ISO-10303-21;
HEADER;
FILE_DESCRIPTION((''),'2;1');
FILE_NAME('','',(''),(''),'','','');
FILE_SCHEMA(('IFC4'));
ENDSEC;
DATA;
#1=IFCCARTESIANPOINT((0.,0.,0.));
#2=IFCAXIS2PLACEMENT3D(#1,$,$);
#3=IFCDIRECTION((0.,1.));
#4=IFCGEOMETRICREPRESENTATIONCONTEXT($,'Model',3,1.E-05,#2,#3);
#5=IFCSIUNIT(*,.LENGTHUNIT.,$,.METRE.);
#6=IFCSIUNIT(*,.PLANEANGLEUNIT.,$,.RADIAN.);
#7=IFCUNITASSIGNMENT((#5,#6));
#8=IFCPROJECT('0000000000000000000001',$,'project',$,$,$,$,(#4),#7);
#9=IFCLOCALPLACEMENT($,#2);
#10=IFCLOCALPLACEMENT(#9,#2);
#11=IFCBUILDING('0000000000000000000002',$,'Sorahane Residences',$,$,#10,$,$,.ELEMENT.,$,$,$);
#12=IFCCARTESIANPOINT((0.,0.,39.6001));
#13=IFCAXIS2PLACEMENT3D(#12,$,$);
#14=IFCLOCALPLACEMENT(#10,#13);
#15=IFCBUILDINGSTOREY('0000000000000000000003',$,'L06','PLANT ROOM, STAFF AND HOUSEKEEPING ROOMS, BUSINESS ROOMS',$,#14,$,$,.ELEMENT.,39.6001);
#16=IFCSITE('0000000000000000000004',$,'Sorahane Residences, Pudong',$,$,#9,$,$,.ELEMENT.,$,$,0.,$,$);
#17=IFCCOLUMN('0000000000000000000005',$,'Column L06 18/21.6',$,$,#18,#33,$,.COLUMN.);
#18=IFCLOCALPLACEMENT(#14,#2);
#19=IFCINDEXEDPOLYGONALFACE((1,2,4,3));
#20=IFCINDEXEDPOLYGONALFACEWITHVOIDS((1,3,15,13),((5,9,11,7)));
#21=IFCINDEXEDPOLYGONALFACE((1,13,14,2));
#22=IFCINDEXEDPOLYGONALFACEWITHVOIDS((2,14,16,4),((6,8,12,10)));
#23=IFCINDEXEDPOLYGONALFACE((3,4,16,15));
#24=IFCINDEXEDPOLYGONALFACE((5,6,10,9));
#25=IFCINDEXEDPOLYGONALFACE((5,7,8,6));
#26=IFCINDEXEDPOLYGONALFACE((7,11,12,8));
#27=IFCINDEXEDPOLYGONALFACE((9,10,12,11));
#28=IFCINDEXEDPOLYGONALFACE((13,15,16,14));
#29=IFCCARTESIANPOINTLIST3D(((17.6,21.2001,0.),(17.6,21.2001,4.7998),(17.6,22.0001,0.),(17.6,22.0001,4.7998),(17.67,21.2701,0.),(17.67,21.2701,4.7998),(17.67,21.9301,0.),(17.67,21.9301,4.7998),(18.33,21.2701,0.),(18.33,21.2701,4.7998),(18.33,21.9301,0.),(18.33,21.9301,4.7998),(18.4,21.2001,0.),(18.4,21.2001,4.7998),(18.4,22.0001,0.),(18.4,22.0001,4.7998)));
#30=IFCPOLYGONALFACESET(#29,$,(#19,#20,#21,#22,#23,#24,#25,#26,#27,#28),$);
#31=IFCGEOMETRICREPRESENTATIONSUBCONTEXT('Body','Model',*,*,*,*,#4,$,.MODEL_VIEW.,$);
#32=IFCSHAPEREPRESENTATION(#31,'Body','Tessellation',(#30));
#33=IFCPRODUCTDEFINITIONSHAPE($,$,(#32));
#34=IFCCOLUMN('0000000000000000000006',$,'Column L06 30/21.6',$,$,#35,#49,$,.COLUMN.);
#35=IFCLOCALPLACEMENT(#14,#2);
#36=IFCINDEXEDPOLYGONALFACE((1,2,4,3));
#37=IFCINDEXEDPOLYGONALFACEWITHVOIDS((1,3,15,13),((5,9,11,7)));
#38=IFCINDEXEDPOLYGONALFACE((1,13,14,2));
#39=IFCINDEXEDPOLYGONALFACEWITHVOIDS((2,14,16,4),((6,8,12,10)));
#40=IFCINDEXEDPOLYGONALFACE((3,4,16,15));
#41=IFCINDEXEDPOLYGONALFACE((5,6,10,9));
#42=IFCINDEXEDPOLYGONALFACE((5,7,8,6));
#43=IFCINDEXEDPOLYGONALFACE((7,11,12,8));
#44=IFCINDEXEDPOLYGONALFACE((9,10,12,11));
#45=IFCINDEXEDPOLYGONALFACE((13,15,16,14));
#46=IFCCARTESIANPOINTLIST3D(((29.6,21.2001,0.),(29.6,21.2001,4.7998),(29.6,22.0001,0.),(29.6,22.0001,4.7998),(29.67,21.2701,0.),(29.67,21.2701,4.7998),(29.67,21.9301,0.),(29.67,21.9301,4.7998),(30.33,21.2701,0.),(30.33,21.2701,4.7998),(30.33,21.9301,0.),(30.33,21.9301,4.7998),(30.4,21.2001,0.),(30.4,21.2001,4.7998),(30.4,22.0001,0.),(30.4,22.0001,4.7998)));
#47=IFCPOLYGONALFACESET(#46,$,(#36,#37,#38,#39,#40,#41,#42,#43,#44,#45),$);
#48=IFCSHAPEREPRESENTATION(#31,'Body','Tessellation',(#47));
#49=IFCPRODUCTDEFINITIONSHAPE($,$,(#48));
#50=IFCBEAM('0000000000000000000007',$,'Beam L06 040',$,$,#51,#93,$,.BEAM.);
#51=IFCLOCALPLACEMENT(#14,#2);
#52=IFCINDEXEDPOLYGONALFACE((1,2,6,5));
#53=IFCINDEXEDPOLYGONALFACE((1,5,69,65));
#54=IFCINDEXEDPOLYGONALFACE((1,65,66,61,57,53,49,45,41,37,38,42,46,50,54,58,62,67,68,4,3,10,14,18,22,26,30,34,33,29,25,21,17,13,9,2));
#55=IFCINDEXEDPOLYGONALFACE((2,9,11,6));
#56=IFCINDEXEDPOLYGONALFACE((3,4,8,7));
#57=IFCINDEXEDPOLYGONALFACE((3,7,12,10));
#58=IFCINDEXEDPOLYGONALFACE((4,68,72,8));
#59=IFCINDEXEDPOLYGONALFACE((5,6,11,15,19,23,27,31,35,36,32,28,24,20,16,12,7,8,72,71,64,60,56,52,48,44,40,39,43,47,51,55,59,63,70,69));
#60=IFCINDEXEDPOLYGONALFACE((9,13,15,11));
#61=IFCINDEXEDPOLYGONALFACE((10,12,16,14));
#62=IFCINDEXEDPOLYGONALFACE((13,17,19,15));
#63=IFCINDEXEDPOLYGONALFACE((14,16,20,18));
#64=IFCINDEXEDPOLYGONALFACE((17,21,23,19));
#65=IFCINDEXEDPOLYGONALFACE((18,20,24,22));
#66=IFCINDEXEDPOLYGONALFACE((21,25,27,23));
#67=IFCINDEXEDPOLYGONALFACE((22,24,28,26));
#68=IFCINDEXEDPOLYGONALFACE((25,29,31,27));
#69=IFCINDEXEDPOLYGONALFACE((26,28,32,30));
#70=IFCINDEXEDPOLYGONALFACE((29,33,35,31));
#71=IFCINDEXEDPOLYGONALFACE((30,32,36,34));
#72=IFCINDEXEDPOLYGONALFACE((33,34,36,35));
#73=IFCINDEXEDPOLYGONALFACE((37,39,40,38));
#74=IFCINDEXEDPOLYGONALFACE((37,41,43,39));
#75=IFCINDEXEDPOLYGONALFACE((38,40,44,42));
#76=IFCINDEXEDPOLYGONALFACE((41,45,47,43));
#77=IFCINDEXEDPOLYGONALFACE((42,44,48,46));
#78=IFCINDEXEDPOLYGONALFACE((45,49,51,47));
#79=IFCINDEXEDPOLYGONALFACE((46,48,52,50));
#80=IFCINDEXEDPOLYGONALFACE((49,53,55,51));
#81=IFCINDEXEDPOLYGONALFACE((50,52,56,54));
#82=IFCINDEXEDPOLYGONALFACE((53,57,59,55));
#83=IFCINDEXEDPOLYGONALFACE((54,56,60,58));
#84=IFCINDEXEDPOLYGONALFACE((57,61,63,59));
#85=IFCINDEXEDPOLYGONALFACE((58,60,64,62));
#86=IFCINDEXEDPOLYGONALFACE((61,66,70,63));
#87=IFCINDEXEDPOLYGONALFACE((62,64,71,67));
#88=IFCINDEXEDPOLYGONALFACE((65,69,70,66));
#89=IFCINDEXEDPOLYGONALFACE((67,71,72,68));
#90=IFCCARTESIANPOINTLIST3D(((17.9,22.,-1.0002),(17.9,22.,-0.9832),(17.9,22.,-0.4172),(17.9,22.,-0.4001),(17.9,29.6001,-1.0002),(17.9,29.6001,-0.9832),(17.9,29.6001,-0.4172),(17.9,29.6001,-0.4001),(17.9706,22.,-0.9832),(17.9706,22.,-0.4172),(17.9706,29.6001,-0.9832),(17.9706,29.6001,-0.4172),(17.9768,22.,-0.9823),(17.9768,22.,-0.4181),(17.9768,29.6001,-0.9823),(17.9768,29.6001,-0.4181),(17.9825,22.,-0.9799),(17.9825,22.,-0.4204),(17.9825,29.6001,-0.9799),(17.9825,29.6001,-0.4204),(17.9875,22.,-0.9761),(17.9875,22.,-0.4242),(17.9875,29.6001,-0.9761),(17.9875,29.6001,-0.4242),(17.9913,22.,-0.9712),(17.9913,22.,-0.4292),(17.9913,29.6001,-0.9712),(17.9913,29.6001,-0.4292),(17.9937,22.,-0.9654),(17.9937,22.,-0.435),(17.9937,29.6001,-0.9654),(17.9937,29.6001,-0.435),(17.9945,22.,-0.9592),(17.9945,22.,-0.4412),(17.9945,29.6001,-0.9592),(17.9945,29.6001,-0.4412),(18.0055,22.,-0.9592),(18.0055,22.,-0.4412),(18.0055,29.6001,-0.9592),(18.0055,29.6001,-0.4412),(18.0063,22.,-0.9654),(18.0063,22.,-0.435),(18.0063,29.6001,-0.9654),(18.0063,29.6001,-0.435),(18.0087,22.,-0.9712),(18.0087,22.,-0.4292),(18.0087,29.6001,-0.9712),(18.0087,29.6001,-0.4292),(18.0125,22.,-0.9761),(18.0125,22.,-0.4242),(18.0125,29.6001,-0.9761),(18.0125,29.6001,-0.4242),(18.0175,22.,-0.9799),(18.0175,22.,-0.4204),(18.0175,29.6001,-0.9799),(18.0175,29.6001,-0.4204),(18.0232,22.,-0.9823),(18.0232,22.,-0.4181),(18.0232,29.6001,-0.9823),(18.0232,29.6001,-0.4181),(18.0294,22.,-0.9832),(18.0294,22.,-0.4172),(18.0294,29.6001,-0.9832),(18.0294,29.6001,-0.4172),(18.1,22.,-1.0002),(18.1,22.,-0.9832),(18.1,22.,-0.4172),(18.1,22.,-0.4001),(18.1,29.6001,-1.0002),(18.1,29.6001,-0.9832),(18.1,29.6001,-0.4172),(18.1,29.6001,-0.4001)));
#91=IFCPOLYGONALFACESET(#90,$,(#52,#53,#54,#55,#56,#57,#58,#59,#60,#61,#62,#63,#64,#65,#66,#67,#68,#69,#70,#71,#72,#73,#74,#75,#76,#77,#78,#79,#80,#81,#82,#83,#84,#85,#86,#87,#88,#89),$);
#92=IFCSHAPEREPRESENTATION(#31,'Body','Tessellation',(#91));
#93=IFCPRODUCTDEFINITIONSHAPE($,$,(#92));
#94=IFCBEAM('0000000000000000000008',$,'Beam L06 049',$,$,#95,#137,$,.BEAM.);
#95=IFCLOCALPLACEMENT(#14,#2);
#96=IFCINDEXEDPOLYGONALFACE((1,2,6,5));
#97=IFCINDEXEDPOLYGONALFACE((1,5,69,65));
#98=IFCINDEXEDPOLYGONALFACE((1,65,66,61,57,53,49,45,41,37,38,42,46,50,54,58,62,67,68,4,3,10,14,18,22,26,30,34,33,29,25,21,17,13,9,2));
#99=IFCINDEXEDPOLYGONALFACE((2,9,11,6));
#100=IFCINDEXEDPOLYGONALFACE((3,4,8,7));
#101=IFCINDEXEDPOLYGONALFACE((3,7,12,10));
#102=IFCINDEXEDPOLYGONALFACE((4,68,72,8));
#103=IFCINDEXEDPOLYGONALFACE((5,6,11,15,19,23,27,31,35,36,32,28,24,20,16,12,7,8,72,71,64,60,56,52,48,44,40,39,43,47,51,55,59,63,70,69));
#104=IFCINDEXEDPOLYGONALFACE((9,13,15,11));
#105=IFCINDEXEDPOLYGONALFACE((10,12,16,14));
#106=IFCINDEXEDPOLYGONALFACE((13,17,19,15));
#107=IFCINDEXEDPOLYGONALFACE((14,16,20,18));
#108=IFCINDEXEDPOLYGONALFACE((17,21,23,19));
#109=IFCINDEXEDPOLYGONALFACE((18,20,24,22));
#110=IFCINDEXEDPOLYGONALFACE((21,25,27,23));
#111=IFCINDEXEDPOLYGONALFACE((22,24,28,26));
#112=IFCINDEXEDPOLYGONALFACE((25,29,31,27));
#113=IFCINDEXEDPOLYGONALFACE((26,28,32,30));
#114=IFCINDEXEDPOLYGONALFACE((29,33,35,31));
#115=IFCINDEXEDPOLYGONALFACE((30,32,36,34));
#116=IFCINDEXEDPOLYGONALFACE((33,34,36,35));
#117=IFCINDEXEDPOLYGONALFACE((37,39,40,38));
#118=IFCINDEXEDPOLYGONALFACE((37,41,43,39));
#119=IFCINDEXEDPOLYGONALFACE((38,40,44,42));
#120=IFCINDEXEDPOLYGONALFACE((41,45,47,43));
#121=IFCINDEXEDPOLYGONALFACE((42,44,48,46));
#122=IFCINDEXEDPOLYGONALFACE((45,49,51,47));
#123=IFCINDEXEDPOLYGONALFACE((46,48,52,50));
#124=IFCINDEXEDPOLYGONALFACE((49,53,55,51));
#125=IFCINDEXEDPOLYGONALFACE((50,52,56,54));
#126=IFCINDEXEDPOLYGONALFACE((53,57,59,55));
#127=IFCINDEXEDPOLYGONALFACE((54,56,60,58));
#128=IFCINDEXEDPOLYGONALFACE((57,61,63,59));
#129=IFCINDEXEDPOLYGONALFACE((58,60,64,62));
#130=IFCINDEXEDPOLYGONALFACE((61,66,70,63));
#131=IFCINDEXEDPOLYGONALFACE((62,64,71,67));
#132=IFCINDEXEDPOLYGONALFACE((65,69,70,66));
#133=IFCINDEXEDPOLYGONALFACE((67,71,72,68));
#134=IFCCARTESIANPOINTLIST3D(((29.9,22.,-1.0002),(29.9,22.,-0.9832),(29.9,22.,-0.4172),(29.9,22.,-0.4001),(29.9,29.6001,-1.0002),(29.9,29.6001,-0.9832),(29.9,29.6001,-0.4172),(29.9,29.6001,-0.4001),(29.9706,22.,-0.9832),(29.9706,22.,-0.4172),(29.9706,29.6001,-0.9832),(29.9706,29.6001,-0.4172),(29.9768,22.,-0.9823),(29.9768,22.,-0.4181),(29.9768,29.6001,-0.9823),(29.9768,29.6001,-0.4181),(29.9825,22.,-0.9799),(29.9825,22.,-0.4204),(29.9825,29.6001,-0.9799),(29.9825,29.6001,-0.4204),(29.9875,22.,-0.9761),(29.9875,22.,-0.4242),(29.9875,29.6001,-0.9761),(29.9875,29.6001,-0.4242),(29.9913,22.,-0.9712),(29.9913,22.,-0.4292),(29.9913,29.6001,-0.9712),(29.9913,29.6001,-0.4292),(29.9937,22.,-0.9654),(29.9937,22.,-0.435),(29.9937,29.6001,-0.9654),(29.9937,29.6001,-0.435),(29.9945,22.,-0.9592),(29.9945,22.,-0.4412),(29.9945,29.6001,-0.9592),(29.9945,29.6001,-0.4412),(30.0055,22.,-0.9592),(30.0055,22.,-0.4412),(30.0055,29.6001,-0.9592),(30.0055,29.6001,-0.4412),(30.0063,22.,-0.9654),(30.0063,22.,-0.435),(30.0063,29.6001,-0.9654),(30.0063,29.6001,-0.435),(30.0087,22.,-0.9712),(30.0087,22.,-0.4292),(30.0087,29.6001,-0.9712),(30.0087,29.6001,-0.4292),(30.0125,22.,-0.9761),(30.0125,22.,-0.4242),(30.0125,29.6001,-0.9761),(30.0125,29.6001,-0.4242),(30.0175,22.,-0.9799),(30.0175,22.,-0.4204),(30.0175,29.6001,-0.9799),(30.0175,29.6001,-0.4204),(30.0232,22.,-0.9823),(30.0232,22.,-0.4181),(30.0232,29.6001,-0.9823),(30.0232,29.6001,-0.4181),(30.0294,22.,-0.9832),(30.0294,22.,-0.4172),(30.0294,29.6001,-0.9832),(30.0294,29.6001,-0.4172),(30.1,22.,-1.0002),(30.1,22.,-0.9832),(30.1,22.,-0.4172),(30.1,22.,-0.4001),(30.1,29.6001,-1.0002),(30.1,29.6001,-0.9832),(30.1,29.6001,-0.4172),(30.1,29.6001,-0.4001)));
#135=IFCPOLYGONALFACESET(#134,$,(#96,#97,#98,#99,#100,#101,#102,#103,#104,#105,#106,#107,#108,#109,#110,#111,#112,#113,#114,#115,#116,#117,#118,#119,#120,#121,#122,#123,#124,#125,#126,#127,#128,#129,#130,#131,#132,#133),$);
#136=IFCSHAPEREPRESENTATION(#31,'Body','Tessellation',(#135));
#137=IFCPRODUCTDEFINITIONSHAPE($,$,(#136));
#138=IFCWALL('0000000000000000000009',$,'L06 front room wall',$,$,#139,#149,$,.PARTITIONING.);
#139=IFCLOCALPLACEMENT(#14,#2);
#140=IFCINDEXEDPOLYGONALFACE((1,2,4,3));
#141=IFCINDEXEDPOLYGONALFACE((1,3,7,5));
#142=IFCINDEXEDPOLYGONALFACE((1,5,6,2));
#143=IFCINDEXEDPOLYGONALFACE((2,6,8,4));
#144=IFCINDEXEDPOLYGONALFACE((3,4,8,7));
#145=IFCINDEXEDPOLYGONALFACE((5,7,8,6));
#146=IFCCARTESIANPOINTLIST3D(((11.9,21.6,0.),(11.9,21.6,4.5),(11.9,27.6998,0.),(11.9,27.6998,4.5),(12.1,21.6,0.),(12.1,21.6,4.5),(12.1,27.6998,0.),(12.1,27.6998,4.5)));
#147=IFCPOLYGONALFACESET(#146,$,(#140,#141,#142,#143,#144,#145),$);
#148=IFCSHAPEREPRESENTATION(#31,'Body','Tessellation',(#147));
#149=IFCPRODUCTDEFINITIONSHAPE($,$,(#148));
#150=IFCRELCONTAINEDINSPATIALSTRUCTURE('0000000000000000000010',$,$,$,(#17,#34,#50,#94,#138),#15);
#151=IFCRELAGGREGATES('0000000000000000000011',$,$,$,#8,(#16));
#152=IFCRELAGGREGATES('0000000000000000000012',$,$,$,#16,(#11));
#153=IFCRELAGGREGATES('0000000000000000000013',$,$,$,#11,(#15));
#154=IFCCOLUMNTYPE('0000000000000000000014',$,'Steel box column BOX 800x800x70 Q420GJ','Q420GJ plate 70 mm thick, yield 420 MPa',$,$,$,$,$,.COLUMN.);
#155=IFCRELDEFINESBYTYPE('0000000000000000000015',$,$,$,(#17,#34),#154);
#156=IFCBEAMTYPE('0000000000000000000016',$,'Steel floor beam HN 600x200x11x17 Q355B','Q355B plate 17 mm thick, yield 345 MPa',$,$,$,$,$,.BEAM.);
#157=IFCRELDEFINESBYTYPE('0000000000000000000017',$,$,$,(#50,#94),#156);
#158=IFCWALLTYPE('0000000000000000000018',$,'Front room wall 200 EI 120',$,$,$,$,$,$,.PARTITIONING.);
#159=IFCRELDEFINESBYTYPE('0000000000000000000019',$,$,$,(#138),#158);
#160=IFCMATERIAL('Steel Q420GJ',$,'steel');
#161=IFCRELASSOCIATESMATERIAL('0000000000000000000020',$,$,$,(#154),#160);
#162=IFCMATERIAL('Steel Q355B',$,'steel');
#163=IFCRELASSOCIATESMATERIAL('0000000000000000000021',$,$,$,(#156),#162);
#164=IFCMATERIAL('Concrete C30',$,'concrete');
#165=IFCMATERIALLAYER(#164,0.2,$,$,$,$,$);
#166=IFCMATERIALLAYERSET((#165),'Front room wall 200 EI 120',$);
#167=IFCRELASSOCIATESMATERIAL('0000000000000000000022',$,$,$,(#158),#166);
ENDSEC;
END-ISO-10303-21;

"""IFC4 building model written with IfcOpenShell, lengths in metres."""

from ifc_helpers import new_model, si_unit, direction, frame, frame_2d, origin, origin_2d, place, context, subcontext, project, spatial, rectangle, hollow_rectangle, i_section, extrude, material, layer, layer_set, material_profile, profile_set, type_object, element, save


model = new_model("IFC4")

# Units and contexts
model_context = context("Model", 3, precision=1e-05, world=origin(), true_north=direction((0.0, 1.0)))
body_context = subcontext(model_context, "Body", "Model", "MODEL_VIEW")
ifc_project = project(units=[si_unit("LENGTHUNIT", "METRE"), si_unit("PLANEANGLEUNIT", "RADIAN")], contexts=[model_context])

# Site, building, storey
site_placement = place(None, origin())
site = spatial("IfcSite", under=ifc_project, at=site_placement, Name="Sorahane Residences, Pudong", CompositionType="ELEMENT", RefElevation=0.0)
building_placement = place(site_placement, origin())
building = spatial("IfcBuilding", under=site, at=building_placement, Name="Sorahane Residences", CompositionType="ELEMENT")
storey_placement = place(building_placement, frame((0.0, 0.0, 39.6001)))
storey = spatial("IfcBuildingStorey", under=building, at=storey_placement, Name="L06", Description="PLANT ROOM, STAFF AND HOUSEKEEPING ROOMS, BUSINESS ROOMS", CompositionType="ELEMENT", Elevation=39.6001)

# Columns
ifc_material_1 = material(Name="Steel Q420GJ", Category="steel")
ifc_material_profile_1 = material_profile(ifc_material_1, hollow_rectangle(XDim=0.8, YDim=0.8, WallThickness=0.0701, at=origin_2d()), Name="BOX 800x800x70")
ifc_profile_set_1 = profile_set([ifc_material_profile_1], Name="Steel Q420GJ")
column_type = type_object("IfcColumnType", Name="Steel box column BOX 800x800x70 Q420GJ", Description="Q420GJ plate 70 mm thick, yield 420 MPa", PredefinedType="COLUMN", material=ifc_profile_set_1)
for number, where, z_axis, x_axis, name in (
    (1, (18.0, 21.6001, 0.0), (0.0, 0.0, 1.0), (1.0, 0.0, 0.0), "Column L06 18/21.6"),
    (2, (30.0, 21.6001, 0.0), (0.0, 0.0, 1.0), (1.0, 0.0, 0.0), "Column L06 30/21.6"),
):
    element("IfcColumn", number, at=place(storey_placement, frame(where, z_axis=z_axis, x_axis=x_axis)), inside=storey, type_object=column_type, Name=name, PredefinedType="COLUMN", context=body_context, shape_type="SweptSolid", body=[
        extrude(hollow_rectangle(XDim=0.8, YDim=0.8, WallThickness=0.0701, at=origin_2d()), origin(), (0.0, 0.0, 1.0), 4.7998),
    ])

# Beams
ifc_material_2 = material(Name="Steel Q355B", Category="steel")
ifc_material_profile_2 = material_profile(ifc_material_2, i_section(OverallWidth=0.2, OverallDepth=0.6001, WebThickness=0.011, FlangeThickness=0.0171, FilletRadius=0.0239, at=origin_2d()), Name="HN 600x200x11x17")
ifc_profile_set_2 = profile_set([ifc_material_profile_2], Name="Steel Q355B")
beam_type = type_object("IfcBeamType", Name="Steel floor beam HN 600x200x11x17 Q355B", Description="Q355B plate 17 mm thick, yield 345 MPa", PredefinedType="BEAM", material=ifc_profile_set_2)
for number, where, z_axis, x_axis, name in (
    (3, (18.0, 22.0, -0.7002), (0.0, 1.0, 0.0), (-1.0, 0.0, 0.0), "Beam L06 040"),
    (4, (30.0, 22.0, -0.7002), (0.0, 1.0, 0.0), (-1.0, 0.0, 0.0), "Beam L06 049"),
):
    element("IfcBeam", number, at=place(storey_placement, frame(where, z_axis=z_axis, x_axis=x_axis)), inside=storey, type_object=beam_type, Name=name, PredefinedType="BEAM", context=body_context, shape_type="SweptSolid", body=[
        extrude(i_section(OverallWidth=0.2, OverallDepth=0.6001, WebThickness=0.011, FlangeThickness=0.0171, FilletRadius=0.0239, at=origin_2d()), origin(), (0.0, 0.0, 1.0), 7.6001),
    ])

# Wall
ifc_material_3 = material(Name="Concrete C30", Category="concrete")
ifc_layer_1 = layer(ifc_material_3, 0.2)
ifc_layer_set_1 = layer_set([ifc_layer_1], Name="Front room wall 200 EI 120")
wall_type_1 = type_object("IfcWallType", Name="Front room wall 200 EI 120", PredefinedType="PARTITIONING", material=ifc_layer_set_1)
wall_1_placement = place(storey_placement, frame((12.0, 21.6001, 0.0), z_axis=(0.0, 0.0, 1.0), x_axis=(0.0, 1.0, 0.0)))
element("IfcWall", 5, at=wall_1_placement, inside=storey, type_object=wall_type_1, Name="L06 front room wall", PredefinedType="PARTITIONING", context=body_context, shape_type="SweptSolid", body=[
    extrude(rectangle(XDim=6.0999, YDim=0.2, at=frame_2d((3.0498, 0.0))), origin(), (0.0, 0.0, 1.0), 4.5),
])

save(model, "model.ifc")
